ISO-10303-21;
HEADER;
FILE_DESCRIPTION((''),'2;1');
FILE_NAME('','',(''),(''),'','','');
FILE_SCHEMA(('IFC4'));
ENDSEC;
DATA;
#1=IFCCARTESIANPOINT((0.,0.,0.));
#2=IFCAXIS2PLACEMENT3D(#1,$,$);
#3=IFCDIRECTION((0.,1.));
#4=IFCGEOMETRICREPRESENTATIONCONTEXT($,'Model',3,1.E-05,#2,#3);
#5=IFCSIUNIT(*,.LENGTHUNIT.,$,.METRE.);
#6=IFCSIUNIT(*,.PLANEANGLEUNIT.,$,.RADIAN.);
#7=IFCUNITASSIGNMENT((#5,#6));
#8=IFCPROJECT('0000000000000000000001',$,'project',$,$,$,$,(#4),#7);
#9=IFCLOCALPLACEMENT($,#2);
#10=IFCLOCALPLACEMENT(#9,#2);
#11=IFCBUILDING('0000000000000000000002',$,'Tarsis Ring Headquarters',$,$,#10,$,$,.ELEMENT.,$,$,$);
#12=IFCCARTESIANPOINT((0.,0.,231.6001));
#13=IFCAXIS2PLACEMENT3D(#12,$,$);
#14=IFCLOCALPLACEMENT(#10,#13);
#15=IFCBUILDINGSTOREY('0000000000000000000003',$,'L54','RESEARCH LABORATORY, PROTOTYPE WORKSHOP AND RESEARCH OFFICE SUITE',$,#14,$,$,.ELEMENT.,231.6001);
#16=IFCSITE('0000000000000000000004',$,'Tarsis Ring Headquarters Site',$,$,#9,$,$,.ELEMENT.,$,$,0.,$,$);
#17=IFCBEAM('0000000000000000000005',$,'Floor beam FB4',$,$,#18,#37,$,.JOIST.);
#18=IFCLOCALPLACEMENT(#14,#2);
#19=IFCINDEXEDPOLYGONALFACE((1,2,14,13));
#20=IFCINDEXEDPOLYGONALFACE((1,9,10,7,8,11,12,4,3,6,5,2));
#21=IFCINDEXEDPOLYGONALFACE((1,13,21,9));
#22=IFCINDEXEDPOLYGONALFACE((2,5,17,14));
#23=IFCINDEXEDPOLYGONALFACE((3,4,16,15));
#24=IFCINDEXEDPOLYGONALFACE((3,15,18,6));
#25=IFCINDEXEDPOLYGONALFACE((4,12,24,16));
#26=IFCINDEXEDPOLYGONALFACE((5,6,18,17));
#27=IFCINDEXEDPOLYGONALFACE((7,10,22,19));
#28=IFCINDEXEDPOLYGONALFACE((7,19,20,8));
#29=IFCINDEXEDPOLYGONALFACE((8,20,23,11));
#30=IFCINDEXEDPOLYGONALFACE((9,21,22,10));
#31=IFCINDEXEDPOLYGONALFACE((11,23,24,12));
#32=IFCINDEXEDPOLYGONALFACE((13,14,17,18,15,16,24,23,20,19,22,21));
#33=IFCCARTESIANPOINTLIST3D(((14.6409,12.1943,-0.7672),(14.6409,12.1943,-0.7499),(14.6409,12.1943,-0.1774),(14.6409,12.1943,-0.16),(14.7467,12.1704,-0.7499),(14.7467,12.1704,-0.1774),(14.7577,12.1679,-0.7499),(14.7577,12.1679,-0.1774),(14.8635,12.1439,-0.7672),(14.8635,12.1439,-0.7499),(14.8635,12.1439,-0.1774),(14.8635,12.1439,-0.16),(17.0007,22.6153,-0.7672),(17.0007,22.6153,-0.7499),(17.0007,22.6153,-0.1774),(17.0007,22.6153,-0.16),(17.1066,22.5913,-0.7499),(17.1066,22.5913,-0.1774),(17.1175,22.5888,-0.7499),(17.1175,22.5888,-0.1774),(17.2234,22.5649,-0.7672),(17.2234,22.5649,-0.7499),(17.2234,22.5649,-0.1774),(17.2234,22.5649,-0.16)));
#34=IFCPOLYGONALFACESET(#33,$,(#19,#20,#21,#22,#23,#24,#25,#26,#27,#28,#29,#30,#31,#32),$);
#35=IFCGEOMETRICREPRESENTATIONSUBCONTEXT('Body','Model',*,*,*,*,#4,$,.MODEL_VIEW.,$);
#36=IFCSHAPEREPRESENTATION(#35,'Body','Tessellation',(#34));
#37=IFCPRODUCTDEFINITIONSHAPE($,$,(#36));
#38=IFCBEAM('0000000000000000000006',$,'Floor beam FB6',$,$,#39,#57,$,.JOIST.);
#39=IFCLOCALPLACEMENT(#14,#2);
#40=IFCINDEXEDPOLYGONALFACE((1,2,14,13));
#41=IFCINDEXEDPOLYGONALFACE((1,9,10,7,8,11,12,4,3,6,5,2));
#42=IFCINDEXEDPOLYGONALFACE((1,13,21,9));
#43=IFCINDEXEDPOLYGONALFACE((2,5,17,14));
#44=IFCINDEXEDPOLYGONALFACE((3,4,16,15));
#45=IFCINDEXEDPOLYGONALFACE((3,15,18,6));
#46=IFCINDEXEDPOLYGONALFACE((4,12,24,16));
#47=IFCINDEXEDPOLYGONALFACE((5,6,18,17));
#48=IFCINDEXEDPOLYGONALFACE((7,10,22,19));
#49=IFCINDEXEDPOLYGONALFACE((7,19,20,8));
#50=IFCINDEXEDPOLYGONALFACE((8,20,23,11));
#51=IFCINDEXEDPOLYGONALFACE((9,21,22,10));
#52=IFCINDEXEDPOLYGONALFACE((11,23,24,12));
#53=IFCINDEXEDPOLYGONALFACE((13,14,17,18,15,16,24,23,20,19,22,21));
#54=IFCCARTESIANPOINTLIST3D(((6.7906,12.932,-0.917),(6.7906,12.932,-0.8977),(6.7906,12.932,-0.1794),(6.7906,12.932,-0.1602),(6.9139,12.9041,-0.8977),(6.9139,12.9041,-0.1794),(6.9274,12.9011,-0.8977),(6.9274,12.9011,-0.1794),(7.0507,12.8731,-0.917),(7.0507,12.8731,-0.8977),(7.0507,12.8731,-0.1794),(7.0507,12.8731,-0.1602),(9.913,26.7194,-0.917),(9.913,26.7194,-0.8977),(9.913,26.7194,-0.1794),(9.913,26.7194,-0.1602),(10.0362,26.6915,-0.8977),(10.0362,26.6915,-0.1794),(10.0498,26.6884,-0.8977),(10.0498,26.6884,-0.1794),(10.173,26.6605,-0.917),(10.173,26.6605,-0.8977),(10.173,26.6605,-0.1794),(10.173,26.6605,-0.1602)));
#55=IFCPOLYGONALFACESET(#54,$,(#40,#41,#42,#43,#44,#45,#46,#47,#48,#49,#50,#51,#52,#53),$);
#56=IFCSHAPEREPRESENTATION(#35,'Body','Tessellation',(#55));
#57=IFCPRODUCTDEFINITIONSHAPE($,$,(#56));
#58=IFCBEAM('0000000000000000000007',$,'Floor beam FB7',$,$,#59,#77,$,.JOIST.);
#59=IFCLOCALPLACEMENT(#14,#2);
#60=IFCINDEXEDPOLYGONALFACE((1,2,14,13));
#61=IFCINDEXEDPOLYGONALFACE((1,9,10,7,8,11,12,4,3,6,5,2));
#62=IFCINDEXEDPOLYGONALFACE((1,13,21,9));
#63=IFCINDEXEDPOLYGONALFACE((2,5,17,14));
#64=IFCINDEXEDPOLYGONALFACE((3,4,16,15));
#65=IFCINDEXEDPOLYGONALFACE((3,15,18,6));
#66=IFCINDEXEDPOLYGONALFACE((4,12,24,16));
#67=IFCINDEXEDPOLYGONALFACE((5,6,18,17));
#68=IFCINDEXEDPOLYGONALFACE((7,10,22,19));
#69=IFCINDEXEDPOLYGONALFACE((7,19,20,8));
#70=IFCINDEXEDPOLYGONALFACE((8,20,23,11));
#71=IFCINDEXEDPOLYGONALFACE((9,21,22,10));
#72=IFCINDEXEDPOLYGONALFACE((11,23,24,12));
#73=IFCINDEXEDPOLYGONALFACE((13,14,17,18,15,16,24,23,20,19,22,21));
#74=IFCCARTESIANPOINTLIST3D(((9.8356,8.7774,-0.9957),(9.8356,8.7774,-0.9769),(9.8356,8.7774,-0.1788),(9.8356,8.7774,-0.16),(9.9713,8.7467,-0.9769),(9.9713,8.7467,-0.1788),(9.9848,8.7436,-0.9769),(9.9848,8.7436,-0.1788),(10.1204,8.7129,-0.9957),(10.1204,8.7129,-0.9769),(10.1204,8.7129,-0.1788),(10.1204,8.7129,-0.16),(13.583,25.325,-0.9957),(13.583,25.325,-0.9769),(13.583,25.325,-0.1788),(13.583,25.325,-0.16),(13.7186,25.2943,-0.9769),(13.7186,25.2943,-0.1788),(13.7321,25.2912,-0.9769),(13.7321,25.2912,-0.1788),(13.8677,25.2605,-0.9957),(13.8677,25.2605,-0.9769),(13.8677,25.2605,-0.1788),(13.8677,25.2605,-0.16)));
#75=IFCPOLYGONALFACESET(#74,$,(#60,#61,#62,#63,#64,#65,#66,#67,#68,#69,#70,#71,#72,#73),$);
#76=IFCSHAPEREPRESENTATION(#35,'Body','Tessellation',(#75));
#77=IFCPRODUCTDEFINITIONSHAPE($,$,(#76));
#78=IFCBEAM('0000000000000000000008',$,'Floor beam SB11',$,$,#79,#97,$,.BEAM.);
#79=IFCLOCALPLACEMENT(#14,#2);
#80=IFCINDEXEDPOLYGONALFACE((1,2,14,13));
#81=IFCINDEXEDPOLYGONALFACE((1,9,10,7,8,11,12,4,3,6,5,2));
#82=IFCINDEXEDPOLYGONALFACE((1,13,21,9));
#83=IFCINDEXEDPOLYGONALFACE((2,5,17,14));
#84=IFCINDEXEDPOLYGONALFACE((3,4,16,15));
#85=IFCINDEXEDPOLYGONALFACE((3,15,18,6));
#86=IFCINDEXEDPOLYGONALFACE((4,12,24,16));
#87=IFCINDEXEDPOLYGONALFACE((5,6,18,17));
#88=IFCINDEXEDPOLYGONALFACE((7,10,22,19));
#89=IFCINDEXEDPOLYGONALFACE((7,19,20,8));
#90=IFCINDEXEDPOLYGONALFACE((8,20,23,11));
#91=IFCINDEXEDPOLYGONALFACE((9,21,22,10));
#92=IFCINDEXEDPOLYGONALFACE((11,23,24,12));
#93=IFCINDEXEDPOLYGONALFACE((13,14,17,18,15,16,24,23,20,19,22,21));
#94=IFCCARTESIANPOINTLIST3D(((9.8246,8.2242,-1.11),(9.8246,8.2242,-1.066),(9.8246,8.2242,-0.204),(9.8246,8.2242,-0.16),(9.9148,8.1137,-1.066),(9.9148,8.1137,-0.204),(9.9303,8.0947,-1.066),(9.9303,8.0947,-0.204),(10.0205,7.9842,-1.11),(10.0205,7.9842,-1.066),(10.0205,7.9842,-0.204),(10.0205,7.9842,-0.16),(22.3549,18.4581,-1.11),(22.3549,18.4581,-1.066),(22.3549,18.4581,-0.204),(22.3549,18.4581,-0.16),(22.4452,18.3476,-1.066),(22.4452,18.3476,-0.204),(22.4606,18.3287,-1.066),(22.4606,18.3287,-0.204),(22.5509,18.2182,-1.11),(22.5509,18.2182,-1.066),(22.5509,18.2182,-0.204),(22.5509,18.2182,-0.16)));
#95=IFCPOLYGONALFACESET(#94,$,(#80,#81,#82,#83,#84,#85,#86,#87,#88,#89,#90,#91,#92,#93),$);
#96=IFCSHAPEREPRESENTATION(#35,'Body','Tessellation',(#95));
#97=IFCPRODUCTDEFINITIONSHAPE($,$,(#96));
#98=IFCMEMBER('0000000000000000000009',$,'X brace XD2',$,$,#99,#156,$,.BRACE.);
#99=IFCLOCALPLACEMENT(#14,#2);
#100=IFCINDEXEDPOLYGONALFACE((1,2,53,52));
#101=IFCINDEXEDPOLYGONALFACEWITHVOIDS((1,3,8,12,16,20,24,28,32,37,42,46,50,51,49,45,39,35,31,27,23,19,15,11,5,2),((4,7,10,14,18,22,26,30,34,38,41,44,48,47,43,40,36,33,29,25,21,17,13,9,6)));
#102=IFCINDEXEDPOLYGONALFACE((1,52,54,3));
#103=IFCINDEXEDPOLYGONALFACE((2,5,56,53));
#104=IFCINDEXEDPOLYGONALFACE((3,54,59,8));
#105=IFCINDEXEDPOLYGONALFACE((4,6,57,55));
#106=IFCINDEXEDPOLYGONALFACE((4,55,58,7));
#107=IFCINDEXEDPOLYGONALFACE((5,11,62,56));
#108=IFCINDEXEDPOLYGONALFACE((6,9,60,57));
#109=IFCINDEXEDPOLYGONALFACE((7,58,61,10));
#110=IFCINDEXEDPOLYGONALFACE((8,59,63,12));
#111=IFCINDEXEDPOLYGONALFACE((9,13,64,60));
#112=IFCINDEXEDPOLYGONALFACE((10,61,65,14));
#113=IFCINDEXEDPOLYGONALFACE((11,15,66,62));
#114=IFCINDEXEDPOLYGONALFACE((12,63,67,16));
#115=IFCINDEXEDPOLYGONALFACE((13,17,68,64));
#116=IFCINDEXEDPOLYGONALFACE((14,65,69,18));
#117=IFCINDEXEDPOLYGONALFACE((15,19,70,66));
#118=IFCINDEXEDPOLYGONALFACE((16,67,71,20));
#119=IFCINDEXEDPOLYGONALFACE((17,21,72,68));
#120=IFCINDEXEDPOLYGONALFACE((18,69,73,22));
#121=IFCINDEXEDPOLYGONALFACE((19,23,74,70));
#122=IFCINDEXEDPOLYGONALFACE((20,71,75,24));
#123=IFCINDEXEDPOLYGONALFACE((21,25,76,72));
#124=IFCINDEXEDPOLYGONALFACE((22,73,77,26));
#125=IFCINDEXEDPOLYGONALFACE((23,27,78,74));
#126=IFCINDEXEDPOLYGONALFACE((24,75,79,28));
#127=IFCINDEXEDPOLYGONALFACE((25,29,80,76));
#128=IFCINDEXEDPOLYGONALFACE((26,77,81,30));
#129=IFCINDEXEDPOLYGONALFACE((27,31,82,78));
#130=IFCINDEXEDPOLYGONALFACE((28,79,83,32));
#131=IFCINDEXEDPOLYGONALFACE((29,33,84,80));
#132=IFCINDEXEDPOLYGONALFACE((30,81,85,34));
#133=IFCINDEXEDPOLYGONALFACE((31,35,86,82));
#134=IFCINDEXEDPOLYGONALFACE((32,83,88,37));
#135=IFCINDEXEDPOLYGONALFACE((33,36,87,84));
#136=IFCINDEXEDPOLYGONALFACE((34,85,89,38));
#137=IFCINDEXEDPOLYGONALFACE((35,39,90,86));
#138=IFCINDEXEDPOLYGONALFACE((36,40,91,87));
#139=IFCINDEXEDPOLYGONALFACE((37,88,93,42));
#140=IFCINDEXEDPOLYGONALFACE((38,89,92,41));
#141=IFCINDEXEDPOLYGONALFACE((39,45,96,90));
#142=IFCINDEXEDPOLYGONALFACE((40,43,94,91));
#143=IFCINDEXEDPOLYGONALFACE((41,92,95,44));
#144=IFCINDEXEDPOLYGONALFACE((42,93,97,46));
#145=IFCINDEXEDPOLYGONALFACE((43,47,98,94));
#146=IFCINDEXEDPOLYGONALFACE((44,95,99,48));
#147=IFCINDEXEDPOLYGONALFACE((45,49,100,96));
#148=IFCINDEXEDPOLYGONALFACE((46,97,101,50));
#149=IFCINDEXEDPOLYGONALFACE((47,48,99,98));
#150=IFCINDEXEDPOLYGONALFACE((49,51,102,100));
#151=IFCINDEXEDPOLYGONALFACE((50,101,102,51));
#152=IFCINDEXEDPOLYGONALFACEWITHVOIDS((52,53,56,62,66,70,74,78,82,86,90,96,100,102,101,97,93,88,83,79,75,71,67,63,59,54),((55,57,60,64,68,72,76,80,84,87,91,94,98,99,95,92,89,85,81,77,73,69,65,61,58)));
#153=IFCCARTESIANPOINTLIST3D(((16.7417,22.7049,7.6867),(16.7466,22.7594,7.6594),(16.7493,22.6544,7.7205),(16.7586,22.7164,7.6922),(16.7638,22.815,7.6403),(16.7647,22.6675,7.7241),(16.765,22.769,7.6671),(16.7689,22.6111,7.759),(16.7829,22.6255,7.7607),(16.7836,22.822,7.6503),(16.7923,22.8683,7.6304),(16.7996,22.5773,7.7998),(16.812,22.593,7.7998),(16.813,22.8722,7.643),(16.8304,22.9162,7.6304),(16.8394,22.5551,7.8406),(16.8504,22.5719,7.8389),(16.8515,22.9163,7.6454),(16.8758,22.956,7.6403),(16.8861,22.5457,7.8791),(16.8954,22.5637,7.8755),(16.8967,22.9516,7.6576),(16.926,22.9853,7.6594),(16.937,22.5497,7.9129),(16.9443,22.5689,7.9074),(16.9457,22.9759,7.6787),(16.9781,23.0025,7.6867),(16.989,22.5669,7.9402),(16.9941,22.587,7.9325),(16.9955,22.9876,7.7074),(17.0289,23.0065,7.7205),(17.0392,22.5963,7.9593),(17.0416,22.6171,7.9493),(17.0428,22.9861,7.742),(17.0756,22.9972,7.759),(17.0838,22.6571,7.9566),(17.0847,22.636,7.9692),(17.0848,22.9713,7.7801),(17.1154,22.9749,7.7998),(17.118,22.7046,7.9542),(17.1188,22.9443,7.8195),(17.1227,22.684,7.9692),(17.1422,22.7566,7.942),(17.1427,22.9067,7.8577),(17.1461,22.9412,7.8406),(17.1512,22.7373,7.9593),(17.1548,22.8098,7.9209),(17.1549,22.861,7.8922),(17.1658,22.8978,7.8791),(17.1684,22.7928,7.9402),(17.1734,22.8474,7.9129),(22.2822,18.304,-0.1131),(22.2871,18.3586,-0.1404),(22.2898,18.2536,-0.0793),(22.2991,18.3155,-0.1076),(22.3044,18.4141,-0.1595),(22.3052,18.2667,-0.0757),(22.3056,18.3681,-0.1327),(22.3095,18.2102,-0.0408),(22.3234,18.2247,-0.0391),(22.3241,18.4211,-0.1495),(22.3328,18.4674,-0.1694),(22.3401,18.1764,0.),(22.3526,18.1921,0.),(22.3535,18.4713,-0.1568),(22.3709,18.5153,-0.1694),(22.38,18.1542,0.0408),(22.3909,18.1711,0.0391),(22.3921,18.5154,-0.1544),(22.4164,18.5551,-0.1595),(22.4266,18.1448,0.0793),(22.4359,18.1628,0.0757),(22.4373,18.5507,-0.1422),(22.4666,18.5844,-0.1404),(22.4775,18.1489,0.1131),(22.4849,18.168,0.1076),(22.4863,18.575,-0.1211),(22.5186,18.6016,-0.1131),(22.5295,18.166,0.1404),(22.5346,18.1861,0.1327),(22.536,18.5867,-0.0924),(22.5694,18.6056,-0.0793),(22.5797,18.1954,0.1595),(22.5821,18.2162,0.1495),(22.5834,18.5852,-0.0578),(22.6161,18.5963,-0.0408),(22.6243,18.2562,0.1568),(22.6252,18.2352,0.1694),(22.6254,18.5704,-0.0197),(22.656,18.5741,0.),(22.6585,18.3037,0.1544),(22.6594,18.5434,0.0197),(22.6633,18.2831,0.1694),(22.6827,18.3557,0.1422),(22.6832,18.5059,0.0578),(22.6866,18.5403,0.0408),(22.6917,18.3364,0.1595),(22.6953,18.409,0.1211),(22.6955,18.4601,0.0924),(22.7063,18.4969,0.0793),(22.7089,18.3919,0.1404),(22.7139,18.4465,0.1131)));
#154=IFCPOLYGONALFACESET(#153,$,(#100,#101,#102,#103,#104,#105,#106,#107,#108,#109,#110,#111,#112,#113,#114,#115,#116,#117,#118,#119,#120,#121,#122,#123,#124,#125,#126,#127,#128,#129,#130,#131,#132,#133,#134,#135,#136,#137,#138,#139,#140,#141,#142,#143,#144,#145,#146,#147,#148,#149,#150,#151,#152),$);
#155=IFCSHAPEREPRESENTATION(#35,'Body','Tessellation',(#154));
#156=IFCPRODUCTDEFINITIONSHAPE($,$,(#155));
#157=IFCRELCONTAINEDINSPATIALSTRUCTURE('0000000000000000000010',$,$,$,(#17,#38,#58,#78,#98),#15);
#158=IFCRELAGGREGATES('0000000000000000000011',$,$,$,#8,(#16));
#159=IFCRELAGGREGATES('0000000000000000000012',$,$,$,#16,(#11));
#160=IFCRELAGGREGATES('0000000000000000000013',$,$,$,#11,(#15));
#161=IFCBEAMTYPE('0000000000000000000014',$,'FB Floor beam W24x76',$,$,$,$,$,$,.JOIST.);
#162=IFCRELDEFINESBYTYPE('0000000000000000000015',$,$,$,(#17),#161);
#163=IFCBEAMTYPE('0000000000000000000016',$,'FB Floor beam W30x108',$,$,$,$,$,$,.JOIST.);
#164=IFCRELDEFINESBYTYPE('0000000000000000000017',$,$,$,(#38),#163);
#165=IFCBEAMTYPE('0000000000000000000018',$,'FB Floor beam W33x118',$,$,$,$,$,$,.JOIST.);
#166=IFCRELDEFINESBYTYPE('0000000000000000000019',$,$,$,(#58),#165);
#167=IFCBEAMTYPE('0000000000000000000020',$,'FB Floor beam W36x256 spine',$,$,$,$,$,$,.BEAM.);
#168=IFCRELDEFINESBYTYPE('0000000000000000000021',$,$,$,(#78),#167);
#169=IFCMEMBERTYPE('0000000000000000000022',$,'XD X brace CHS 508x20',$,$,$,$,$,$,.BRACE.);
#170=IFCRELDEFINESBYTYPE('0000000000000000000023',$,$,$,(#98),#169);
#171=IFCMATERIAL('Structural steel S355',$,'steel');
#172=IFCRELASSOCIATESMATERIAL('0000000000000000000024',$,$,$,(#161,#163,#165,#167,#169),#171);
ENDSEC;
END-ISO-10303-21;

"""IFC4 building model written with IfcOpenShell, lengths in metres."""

from ifc_helpers import new_model, si_unit, direction, frame, origin, origin_2d, place, context, subcontext, project, spatial, hollow_circle, i_section, extrude, material, material_profile, profile_set, type_object, element, save


model = new_model("IFC4")

# Units and contexts
model_context = context("Model", 3, precision=1e-05, world=origin(), true_north=direction((0.0, 1.0)))
body_context = subcontext(model_context, "Body", "Model", "MODEL_VIEW")
ifc_project = project(units=[si_unit("LENGTHUNIT", "METRE"), si_unit("PLANEANGLEUNIT", "RADIAN")], contexts=[model_context])

# Site, building, storey
site_placement = place(None, origin())
site = spatial("IfcSite", under=ifc_project, at=site_placement, Name="Tarsis Ring Headquarters Site", CompositionType="ELEMENT", RefElevation=0.0)
building_placement = place(site_placement, origin())
building = spatial("IfcBuilding", under=site, at=building_placement, Name="Tarsis Ring Headquarters", CompositionType="ELEMENT")
storey_placement = place(building_placement, frame((0.0, 0.0, 231.6001)))
storey = spatial("IfcBuildingStorey", under=building, at=storey_placement, Name="L54", Description="RESEARCH LABORATORY, PROTOTYPE WORKSHOP AND RESEARCH OFFICE SUITE", CompositionType="ELEMENT", Elevation=231.6001)

# Shared definitions
ifc_material_1 = material(Name="Structural steel S355", Category="steel")

# Beams
ifc_material_profile_1 = material_profile(ifc_material_1, i_section(OverallWidth=0.2283, OverallDepth=0.6072, WebThickness=0.0112, FlangeThickness=0.0173, at=origin_2d()), Name="W24x76")
ifc_profile_set_1 = profile_set([ifc_material_profile_1], Name="Structural steel S355")
beam_type_1 = type_object("IfcBeamType", Name="FB Floor beam W24x76", PredefinedType="JOIST", material=ifc_profile_set_1)
beam_1_placement = place(storey_placement, frame((17.1121, 22.5901, -0.4636), z_axis=(-0.220863, -0.975305, 0.0), x_axis=(0.975305, -0.220863, 0.0)))
element("IfcBeam", 1, at=beam_1_placement, inside=storey, type_object=beam_type_1, Name="Floor beam FB4", PredefinedType="JOIST", context=body_context, shape_type="SweptSolid", body=[
    extrude(i_section(OverallWidth=0.2283, OverallDepth=0.6072, WebThickness=0.0112, FlangeThickness=0.0173, at=origin_2d()), origin(), (0.0, 0.0, 1.0), 10.6848),
])
ifc_material_profile_2 = material_profile(ifc_material_1, i_section(OverallWidth=0.2666, OverallDepth=0.7568, WebThickness=0.0139, FlangeThickness=0.0193, at=origin_2d()), Name="W30x108")
ifc_profile_set_2 = profile_set([ifc_material_profile_2], Name="Structural steel S355")
beam_type_2 = type_object("IfcBeamType", Name="FB Floor beam W30x108", PredefinedType="JOIST", material=ifc_profile_set_2)
beam_2_placement = place(storey_placement, frame((10.043, 26.6899, -0.5386), z_axis=(-0.220869, -0.975303, 0.0), x_axis=(0.975303, -0.220869, 0.0)))
element("IfcBeam", 2, at=beam_2_placement, inside=storey, type_object=beam_type_2, Name="Floor beam FB6", PredefinedType="JOIST", context=body_context, shape_type="SweptSolid", body=[
    extrude(i_section(OverallWidth=0.2666, OverallDepth=0.7568, WebThickness=0.0139, FlangeThickness=0.0193, at=origin_2d()), origin(), (0.0, 0.0, 1.0), 14.1365),
])
ifc_material_profile_3 = material_profile(ifc_material_1, i_section(OverallWidth=0.292, OverallDepth=0.8357, WebThickness=0.0139, FlangeThickness=0.0188, at=origin_2d()), Name="W33x118")
ifc_profile_set_3 = profile_set([ifc_material_profile_3], Name="Structural steel S355")
beam_type_3 = type_object("IfcBeamType", Name="FB Floor beam W33x118", PredefinedType="JOIST", material=ifc_profile_set_3)
beam_3_placement = place(storey_placement, frame((13.7253, 25.2927, -0.5779), z_axis=(-0.220864, -0.975305, 0.0), x_axis=(0.975305, -0.220864, 0.0)))
element("IfcBeam", 3, at=beam_3_placement, inside=storey, type_object=beam_type_3, Name="Floor beam FB7", PredefinedType="JOIST", context=body_context, shape_type="SweptSolid", body=[
    extrude(i_section(OverallWidth=0.292, OverallDepth=0.8357, WebThickness=0.0139, FlangeThickness=0.0188, at=origin_2d()), origin(), (0.0, 0.0, 1.0), 16.9666),
])
ifc_material_profile_4 = material_profile(ifc_material_1, i_section(OverallWidth=0.3098, OverallDepth=0.95, WebThickness=0.0244, FlangeThickness=0.0439, at=origin_2d()), Name="W36x256")
ifc_profile_set_4 = profile_set([ifc_material_profile_4], Name="Structural steel S355")
beam_type_4 = type_object("IfcBeamType", Name="FB Floor beam W36x256 spine", PredefinedType="BEAM", material=ifc_profile_set_4)
beam_4_placement = place(storey_placement, frame((22.4529, 18.3381, -0.635), z_axis=(-0.774507, -0.632565, 0.0), x_axis=(0.632565, -0.774507, 0.0)))
element("IfcBeam", 4, at=beam_4_placement, inside=storey, type_object=beam_type_4, Name="Floor beam SB11", PredefinedType="BEAM", context=body_context, shape_type="SweptSolid", body=[
    extrude(i_section(OverallWidth=0.3098, OverallDepth=0.95, WebThickness=0.0244, FlangeThickness=0.0439, at=origin_2d()), origin(), (0.0, 0.0, 1.0), 16.1785),
])

# Member
ifc_material_profile_5 = material_profile(ifc_material_1, hollow_circle(Radius=0.2539, WallThickness=0.02, at=origin_2d()), Name="CHS 508x20")
ifc_profile_set_5 = profile_set([ifc_material_profile_5], Name="Structural steel S355")
member_type = type_object("IfcMemberType", Name="XD X brace CHS 508x20", PredefinedType="BRACE", material=ifc_profile_set_5)
member_1_placement = place(storey_placement, frame((22.498, 18.3752, 0.0), z_axis=(-0.526116, 0.417897, 0.740651), x_axis=(-0.621973, -0.783039, 0.0)))
element("IfcMember", 5, at=member_1_placement, inside=storey, type_object=member_type, Name="X brace XD2", PredefinedType="BRACE", context=body_context, shape_type="SweptSolid", body=[
    extrude(hollow_circle(Radius=0.2539, WallThickness=0.02, at=origin_2d()), origin(), (0.0, 0.0, 1.0), 10.531),
])

save(model, "model.ifc")
